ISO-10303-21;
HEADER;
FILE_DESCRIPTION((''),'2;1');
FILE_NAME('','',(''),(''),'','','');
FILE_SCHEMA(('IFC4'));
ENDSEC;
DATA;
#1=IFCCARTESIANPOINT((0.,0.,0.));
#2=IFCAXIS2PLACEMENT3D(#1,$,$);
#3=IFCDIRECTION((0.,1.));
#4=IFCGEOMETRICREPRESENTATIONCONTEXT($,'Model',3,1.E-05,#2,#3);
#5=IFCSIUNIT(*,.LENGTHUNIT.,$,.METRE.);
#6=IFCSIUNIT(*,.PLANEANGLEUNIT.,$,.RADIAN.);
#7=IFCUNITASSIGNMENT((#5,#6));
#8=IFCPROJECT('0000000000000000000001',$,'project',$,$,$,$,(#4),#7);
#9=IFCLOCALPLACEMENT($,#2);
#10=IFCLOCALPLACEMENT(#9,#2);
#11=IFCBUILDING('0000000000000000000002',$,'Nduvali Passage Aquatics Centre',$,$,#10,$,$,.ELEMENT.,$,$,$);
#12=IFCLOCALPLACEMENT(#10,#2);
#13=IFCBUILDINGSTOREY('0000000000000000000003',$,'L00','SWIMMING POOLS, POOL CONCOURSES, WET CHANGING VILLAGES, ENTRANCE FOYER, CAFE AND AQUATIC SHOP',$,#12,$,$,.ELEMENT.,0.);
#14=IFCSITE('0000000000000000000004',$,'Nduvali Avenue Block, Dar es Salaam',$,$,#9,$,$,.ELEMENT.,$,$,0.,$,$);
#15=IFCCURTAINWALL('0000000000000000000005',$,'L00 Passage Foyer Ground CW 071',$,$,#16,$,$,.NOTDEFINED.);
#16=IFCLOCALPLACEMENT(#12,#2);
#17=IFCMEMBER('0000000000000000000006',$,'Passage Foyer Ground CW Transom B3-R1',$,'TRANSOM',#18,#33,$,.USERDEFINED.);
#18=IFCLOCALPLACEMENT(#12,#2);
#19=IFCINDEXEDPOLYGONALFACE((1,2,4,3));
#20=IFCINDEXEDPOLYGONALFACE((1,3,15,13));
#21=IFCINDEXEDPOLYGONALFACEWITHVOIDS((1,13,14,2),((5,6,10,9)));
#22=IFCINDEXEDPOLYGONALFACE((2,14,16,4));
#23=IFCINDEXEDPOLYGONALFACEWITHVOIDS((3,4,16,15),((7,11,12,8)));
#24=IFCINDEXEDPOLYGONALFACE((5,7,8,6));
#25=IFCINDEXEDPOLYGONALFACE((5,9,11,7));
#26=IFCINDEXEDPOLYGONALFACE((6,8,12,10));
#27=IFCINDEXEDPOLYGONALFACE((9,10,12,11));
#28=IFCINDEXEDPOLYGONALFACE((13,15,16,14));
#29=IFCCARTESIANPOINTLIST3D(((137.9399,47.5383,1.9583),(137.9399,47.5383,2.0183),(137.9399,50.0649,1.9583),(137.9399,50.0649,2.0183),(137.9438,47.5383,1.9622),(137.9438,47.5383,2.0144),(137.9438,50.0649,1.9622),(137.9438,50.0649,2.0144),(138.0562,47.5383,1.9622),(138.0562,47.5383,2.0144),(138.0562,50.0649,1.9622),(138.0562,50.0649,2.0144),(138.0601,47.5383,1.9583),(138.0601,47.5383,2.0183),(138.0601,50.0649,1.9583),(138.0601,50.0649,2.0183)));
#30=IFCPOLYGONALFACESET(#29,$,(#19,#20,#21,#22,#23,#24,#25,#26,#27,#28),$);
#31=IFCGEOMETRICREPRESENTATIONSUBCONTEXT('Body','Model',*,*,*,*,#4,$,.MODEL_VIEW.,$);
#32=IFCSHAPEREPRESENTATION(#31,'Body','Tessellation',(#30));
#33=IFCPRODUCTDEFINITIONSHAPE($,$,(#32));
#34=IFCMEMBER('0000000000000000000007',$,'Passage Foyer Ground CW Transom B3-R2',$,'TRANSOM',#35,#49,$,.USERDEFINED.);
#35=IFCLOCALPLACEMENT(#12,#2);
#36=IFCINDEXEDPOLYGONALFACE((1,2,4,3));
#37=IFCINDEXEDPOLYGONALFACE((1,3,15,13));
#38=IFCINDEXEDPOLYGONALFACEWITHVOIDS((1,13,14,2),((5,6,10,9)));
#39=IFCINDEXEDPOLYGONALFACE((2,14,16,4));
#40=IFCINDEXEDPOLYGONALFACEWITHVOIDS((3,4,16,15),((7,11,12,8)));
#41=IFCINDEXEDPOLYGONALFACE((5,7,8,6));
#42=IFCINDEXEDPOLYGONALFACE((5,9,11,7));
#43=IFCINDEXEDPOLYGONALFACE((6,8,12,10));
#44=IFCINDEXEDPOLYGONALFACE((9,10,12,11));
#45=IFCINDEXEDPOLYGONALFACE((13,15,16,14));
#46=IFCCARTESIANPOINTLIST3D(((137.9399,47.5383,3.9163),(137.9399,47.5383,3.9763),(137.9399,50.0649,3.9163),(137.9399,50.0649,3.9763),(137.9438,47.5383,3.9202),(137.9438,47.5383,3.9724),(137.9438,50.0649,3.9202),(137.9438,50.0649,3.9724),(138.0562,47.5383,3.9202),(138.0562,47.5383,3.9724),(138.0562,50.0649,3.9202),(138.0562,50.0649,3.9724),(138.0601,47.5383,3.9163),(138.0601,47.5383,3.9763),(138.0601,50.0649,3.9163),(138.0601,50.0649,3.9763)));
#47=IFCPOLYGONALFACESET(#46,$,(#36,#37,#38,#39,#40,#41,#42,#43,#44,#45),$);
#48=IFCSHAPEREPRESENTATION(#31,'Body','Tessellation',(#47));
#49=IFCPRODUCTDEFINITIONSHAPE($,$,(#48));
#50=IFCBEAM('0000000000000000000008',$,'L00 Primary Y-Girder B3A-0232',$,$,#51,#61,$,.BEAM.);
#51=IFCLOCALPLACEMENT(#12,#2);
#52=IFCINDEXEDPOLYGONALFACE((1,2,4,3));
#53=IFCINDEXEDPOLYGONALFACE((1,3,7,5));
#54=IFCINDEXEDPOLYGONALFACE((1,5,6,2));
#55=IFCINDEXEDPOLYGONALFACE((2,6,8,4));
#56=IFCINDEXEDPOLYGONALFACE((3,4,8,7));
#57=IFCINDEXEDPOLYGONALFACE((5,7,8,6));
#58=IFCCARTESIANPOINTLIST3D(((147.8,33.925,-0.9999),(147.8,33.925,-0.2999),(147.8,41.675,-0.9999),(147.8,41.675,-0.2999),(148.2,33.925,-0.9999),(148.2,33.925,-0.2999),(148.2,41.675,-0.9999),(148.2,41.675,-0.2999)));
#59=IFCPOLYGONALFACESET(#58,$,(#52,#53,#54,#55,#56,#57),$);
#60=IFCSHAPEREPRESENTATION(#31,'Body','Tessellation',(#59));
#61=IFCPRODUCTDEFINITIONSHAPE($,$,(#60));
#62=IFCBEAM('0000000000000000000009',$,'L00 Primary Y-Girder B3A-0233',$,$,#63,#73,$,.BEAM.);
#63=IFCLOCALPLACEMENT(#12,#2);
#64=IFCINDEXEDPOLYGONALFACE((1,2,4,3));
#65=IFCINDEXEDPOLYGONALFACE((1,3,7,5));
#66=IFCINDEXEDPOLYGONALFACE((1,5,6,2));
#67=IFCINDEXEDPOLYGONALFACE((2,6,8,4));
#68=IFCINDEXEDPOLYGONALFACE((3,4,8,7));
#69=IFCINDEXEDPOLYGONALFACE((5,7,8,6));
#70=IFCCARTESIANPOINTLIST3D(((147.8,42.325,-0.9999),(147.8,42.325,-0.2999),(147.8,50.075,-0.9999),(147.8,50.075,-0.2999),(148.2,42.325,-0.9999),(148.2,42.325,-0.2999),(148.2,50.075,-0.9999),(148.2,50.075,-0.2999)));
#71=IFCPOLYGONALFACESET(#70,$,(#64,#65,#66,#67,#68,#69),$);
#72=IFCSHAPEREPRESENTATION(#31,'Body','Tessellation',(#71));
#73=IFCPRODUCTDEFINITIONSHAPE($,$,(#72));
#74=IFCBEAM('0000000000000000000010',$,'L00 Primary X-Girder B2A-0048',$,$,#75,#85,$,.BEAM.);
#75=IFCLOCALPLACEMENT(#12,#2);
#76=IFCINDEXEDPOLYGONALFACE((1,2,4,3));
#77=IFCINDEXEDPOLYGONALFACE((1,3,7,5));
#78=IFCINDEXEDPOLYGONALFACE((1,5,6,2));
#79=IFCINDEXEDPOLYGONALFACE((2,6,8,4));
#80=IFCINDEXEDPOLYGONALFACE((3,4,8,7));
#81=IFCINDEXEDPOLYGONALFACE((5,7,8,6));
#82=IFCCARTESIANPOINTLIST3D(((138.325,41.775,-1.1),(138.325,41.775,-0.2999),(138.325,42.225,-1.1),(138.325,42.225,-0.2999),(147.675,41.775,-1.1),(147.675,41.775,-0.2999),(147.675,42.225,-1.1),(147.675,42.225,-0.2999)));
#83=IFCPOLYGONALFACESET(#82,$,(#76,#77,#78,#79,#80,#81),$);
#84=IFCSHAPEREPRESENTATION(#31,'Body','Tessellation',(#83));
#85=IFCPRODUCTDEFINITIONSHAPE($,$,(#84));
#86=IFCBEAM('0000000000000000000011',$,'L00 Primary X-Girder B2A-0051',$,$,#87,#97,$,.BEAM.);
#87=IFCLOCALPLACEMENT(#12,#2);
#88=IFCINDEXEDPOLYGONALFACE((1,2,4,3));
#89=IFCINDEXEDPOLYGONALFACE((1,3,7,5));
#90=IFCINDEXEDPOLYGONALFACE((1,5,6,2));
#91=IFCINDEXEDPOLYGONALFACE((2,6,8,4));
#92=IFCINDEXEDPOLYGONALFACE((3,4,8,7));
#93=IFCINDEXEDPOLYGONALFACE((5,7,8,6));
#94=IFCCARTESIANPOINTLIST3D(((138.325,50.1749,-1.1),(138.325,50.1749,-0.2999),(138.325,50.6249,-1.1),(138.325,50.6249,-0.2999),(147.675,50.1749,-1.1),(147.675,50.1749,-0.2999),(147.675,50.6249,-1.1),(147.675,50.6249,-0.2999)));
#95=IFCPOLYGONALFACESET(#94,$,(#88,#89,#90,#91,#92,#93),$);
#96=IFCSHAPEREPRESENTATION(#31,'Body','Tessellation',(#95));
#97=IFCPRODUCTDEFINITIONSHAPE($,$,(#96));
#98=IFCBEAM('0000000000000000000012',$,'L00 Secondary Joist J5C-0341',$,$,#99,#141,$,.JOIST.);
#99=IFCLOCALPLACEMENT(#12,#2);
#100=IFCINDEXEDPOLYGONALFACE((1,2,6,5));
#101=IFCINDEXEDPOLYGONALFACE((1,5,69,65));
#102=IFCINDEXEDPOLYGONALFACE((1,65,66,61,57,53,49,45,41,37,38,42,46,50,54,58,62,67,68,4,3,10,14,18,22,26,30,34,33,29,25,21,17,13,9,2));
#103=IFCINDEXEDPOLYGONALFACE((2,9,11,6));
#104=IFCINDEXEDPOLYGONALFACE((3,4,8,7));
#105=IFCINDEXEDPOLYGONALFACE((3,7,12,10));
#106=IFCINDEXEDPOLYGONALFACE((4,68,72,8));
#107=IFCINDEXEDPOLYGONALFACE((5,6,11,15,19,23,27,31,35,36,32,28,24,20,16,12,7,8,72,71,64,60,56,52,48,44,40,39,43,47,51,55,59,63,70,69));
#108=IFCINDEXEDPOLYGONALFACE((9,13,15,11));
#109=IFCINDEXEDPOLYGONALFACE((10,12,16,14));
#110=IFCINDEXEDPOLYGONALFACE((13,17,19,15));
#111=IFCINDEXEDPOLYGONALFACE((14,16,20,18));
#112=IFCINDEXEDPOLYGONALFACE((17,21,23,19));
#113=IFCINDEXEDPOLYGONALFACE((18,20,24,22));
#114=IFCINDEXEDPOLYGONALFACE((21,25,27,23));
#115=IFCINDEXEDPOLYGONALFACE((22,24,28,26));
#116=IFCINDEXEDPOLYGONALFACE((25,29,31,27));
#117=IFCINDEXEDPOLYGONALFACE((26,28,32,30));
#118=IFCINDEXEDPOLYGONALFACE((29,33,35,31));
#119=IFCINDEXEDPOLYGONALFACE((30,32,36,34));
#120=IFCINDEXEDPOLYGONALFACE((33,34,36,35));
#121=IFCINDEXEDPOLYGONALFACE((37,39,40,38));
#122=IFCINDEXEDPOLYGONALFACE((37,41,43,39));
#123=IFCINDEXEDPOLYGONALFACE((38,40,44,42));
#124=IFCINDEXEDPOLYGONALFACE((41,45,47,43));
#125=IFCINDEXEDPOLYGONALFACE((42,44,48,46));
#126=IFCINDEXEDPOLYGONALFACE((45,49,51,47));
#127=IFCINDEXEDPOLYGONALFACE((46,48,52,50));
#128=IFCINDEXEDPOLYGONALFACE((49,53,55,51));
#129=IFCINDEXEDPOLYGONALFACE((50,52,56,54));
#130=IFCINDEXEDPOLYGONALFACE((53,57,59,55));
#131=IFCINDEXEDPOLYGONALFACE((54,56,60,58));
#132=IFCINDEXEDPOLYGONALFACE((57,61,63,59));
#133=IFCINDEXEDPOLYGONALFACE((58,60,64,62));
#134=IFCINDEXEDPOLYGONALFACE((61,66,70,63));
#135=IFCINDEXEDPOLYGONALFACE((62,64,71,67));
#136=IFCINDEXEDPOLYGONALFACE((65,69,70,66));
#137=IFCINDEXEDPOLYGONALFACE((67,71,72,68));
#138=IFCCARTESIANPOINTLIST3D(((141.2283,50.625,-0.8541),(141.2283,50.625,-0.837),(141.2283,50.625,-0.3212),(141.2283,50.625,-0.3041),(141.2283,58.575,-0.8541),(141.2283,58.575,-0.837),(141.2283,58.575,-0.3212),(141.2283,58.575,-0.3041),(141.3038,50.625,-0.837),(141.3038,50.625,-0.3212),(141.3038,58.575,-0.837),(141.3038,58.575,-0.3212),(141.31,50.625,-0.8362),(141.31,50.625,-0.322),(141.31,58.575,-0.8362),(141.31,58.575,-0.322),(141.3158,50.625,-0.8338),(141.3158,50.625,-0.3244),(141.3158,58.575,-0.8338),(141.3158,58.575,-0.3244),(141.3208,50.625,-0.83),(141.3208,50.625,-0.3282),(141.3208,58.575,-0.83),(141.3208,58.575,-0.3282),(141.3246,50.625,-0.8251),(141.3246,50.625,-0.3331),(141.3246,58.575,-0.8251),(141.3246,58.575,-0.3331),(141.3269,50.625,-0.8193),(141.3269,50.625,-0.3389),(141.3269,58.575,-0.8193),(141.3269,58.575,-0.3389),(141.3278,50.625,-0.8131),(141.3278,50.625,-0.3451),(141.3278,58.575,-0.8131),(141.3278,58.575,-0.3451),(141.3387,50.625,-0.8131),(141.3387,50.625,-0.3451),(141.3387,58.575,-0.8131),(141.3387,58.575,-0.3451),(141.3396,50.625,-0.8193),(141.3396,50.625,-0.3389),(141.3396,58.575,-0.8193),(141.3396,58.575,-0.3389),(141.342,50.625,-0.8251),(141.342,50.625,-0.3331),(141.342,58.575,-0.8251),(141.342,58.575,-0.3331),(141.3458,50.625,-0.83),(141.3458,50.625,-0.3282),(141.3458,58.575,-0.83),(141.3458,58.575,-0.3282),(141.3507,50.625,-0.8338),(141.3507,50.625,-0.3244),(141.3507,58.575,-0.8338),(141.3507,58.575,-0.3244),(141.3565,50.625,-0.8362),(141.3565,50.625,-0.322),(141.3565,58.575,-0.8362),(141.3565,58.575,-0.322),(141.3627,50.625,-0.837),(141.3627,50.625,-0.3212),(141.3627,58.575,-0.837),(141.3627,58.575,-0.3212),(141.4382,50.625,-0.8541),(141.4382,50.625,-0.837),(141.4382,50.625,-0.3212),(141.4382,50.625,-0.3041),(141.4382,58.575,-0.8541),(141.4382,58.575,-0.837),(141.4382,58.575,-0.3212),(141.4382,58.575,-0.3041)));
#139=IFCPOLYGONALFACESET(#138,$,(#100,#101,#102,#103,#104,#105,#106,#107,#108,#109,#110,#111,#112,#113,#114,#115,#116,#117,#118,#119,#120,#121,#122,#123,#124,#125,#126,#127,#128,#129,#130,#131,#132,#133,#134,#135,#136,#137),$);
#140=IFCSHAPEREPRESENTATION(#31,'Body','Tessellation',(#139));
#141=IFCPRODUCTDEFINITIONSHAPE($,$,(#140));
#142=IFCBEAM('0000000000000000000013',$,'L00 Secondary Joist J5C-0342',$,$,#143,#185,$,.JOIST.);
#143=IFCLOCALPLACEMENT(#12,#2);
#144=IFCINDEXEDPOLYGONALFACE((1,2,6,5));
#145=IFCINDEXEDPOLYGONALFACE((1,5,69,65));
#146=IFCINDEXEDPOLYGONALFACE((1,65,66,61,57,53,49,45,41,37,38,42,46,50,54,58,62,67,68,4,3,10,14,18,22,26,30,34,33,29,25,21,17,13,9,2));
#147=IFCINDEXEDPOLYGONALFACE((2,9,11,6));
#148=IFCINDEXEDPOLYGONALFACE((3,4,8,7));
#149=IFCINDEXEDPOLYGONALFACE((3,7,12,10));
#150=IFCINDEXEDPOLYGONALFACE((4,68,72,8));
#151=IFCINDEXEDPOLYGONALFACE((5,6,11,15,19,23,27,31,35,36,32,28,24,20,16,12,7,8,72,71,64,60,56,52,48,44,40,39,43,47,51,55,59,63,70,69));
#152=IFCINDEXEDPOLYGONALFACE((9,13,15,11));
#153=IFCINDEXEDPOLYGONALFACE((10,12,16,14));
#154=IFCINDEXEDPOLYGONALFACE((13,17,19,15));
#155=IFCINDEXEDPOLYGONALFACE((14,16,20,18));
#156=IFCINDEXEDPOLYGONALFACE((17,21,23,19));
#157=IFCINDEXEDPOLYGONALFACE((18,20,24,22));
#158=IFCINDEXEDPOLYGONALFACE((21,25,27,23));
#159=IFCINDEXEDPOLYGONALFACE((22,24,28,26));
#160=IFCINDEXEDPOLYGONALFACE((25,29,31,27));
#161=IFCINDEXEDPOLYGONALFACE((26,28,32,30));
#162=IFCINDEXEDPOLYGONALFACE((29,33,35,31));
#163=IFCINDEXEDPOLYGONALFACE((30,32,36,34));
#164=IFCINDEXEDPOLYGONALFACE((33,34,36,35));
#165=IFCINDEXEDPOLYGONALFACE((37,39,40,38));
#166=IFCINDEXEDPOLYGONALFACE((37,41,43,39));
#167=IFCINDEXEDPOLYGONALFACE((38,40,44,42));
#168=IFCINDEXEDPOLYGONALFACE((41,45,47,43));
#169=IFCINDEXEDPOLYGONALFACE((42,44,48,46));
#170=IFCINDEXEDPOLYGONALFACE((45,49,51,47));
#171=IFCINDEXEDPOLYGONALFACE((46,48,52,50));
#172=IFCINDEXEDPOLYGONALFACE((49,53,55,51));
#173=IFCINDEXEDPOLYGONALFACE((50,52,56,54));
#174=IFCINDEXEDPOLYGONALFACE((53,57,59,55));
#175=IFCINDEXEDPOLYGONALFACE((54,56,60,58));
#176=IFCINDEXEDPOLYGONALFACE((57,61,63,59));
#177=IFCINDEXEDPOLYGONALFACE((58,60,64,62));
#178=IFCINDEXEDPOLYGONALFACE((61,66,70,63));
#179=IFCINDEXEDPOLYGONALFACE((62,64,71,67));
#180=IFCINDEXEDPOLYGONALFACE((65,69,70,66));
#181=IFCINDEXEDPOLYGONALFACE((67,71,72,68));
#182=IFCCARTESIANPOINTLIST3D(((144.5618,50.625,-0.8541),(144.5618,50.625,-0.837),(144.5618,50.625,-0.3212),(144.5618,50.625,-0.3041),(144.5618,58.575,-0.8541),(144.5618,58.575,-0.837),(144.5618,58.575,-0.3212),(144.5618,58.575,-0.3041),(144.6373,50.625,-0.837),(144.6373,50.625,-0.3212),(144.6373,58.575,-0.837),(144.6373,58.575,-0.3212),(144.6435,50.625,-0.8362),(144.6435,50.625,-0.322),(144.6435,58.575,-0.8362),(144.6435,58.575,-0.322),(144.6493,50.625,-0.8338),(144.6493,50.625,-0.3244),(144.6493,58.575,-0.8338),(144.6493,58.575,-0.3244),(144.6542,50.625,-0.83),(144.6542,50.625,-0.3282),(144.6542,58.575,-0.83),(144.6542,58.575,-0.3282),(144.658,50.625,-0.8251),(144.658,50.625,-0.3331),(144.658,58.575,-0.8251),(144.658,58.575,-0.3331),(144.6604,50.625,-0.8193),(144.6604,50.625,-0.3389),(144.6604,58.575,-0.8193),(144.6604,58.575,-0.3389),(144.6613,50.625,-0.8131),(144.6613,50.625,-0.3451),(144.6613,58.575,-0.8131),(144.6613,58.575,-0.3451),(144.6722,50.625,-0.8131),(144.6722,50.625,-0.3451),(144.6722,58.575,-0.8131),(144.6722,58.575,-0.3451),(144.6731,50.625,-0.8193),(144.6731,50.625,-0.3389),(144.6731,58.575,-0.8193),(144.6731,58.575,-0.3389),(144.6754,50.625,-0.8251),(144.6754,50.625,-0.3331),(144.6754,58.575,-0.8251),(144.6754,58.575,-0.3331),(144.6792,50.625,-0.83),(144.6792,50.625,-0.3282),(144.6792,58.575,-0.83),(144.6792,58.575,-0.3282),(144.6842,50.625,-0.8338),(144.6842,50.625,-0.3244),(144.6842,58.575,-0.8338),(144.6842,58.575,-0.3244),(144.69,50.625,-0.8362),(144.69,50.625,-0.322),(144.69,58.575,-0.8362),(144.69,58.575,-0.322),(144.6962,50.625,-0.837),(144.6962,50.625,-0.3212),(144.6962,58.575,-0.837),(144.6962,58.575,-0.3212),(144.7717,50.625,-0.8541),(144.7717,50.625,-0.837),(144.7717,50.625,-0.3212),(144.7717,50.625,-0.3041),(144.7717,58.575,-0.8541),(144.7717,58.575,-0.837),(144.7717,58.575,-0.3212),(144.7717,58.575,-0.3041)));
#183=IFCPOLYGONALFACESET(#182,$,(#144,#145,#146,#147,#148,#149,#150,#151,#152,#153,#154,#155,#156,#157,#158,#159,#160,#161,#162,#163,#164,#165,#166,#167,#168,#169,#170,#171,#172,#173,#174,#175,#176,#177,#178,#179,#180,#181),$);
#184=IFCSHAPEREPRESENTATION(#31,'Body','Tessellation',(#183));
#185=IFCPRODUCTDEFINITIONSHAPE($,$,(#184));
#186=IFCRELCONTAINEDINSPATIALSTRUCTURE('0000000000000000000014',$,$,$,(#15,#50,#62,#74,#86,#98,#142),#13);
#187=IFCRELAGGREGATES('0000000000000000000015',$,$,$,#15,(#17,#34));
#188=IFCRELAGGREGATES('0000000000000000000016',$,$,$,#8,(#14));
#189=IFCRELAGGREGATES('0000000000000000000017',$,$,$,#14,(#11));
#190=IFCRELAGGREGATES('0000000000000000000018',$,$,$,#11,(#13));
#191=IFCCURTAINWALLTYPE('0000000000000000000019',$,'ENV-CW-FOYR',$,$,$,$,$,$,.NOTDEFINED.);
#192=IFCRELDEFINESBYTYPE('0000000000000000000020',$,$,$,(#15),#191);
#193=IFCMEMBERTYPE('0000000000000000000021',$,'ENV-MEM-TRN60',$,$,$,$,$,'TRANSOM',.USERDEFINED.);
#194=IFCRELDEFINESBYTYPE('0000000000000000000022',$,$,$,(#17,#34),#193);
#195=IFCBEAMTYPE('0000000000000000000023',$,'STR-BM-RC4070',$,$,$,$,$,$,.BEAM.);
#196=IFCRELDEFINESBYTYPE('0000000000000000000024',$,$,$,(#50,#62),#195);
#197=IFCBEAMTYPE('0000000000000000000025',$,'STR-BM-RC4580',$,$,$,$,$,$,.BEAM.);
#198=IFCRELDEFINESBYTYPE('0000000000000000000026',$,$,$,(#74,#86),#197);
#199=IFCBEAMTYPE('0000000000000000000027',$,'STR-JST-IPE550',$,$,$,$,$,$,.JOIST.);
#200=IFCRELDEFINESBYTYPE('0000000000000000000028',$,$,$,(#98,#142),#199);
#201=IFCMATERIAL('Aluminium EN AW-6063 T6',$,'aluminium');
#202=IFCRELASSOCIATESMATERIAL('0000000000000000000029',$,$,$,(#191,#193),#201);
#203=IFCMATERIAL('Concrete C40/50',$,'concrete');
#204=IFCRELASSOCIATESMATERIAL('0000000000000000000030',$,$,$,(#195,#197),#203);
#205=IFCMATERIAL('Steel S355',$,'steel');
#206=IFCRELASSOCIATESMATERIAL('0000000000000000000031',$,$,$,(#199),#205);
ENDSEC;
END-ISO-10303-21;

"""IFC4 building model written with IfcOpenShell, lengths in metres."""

from ifc_helpers import new_model, si_unit, direction, frame, origin, origin_2d, place, context, subcontext, project, spatial, rectangle, hollow_rectangle, i_section, extrude, material, material_profile, profile_set, type_object, element, aggregate, save


model = new_model("IFC4")

# Units and contexts
model_context = context("Model", 3, precision=1e-05, world=origin(), true_north=direction((0.0, 1.0)))
body_context = subcontext(model_context, "Body", "Model", "MODEL_VIEW")
ifc_project = project(units=[si_unit("LENGTHUNIT", "METRE"), si_unit("PLANEANGLEUNIT", "RADIAN")], contexts=[model_context])

# Site, building, storey
site_placement = place(None, origin())
site = spatial("IfcSite", under=ifc_project, at=site_placement, Name="Nduvali Avenue Block, Dar es Salaam", CompositionType="ELEMENT", RefElevation=0.0)
building_placement = place(site_placement, origin())
building = spatial("IfcBuilding", under=site, at=building_placement, Name="Nduvali Passage Aquatics Centre", CompositionType="ELEMENT")
storey_placement = place(building_placement, origin())
storey = spatial("IfcBuildingStorey", under=building, at=storey_placement, Name="L00", Description="SWIMMING POOLS, POOL CONCOURSES, WET CHANGING VILLAGES, ENTRANCE FOYER, CAFE AND AQUATIC SHOP", CompositionType="ELEMENT", Elevation=0.0)

# Shared definitions
ifc_material_1 = material(Name="Concrete C40/50", Category="concrete")

# Curtain wall, members
ifc_material_2 = material(Name="Aluminium EN AW-6063 T6", Category="aluminium")
curtain_wall_type = type_object("IfcCurtainWallType", Name="ENV-CW-FOYR", PredefinedType="NOTDEFINED", material=ifc_material_2)
curtain_wall_placement = place(storey_placement, origin())
curtain_wall = element("IfcCurtainWall", 1, at=curtain_wall_placement, inside=storey, type_object=curtain_wall_type, Name="L00 Passage Foyer Ground CW 071", PredefinedType="NOTDEFINED")
ifc_material_profile_1 = material_profile(ifc_material_2, hollow_rectangle(XDim=0.1201, YDim=0.0601, WallThickness=0.0039, at=origin_2d()), Name="ALU TRANSOM 120x60x4")
ifc_profile_set_1 = profile_set([ifc_material_profile_1], Name="Aluminium EN AW-6063 T6")
member_type_1 = type_object("IfcMemberType", Name="ENV-MEM-TRN60", ElementType="TRANSOM", PredefinedType="USERDEFINED", material=ifc_profile_set_1)
member_1_placement = place(storey_placement, frame((138.0, 47.5383, 1.9883), z_axis=(0.0, 1.0, 0.0), x_axis=(-1.0, 0.0, 0.0)))
member_1 = element("IfcMember", 2, at=member_1_placement, type_object=member_type_1, Name="Passage Foyer Ground CW Transom B3-R1", ObjectType="TRANSOM", PredefinedType="USERDEFINED", context=body_context, shape_type="SweptSolid", body=[
    extrude(hollow_rectangle(XDim=0.1201, YDim=0.0601, WallThickness=0.0039, at=origin_2d()), origin(), (0.0, 0.0, 1.0), 2.5266),
])
member_2_placement = place(storey_placement, frame((138.0, 47.5383, 3.9463), z_axis=(0.0, 1.0, 0.0), x_axis=(-1.0, 0.0, 0.0)))
member_2 = element("IfcMember", 3, at=member_2_placement, type_object=member_type_1, Name="Passage Foyer Ground CW Transom B3-R2", ObjectType="TRANSOM", PredefinedType="USERDEFINED", context=body_context, shape_type="SweptSolid", body=[
    extrude(hollow_rectangle(XDim=0.1201, YDim=0.0601, WallThickness=0.0039, at=origin_2d()), origin(), (0.0, 0.0, 1.0), 2.5266),
])

# Beams
ifc_material_profile_2 = material_profile(ifc_material_1, rectangle(XDim=0.3999, YDim=0.7, at=origin_2d()), Name="RC 400x700")
ifc_profile_set_2 = profile_set([ifc_material_profile_2], Name="Concrete C40/50")
beam_type_1 = type_object("IfcBeamType", Name="STR-BM-RC4070", PredefinedType="BEAM", material=ifc_profile_set_2)
for number, where, z_axis, x_axis, name in (
    (4, (148.0, 33.925, -0.6499), (0.0, 1.0, 0.0), (-1.0, 0.0, 0.0), "L00 Primary Y-Girder B3A-0232"),
    (5, (148.0, 42.325, -0.6499), (0.0, 1.0, 0.0), (-1.0, 0.0, 0.0), "L00 Primary Y-Girder B3A-0233"),
):
    element("IfcBeam", number, at=place(storey_placement, frame(where, z_axis=z_axis, x_axis=x_axis)), inside=storey, type_object=beam_type_1, Name=name, PredefinedType="BEAM", context=body_context, shape_type="SweptSolid", body=[
        extrude(rectangle(XDim=0.3999, YDim=0.7, at=origin_2d()), origin(), (0.0, 0.0, 1.0), 7.75),
    ])
ifc_material_profile_3 = material_profile(ifc_material_1, rectangle(XDim=0.45, YDim=0.8, at=origin_2d()), Name="RC 450x800")
ifc_profile_set_3 = profile_set([ifc_material_profile_3], Name="Concrete C40/50")
beam_type_2 = type_object("IfcBeamType", Name="STR-BM-RC4580", PredefinedType="BEAM", material=ifc_profile_set_3)
for number, where, z_axis, x_axis, name in (
    (6, (138.325, 42.0, -0.7), (1.0, 0.0, 0.0), (0.0, 1.0, 0.0), "L00 Primary X-Girder B2A-0048"),
    (7, (138.325, 50.3999, -0.7), (1.0, 0.0, 0.0), (0.0, 1.0, 0.0), "L00 Primary X-Girder B2A-0051"),
):
    element("IfcBeam", number, at=place(storey_placement, frame(where, z_axis=z_axis, x_axis=x_axis)), inside=storey, type_object=beam_type_2, Name=name, PredefinedType="BEAM", context=body_context, shape_type="SweptSolid", body=[
        extrude(rectangle(XDim=0.45, YDim=0.8, at=origin_2d()), origin(), (0.0, 0.0, 1.0), 9.3501),
    ])
ifc_material_3 = material(Name="Steel S355", Category="steel")
ifc_material_profile_4 = material_profile(ifc_material_3, i_section(OverallWidth=0.21, OverallDepth=0.55, WebThickness=0.011, FlangeThickness=0.0171, FilletRadius=0.0239, at=origin_2d()), Name="IPE 550")
ifc_profile_set_4 = profile_set([ifc_material_profile_4], Name="Steel S355")
beam_type_3 = type_object("IfcBeamType", Name="STR-JST-IPE550", PredefinedType="JOIST", material=ifc_profile_set_4)
for number, where, z_axis, x_axis, name in (
    (8, (141.3333, 50.625, -0.5791), (0.0, 1.0, 0.0), (-1.0, 0.0, 0.0), "L00 Secondary Joist J5C-0341"),
    (9, (144.6667, 50.625, -0.5791), (0.0, 1.0, 0.0), (-1.0, 0.0, 0.0), "L00 Secondary Joist J5C-0342"),
):
    element("IfcBeam", number, at=place(storey_placement, frame(where, z_axis=z_axis, x_axis=x_axis)), inside=storey, type_object=beam_type_3, Name=name, PredefinedType="JOIST", context=body_context, shape_type="SweptSolid", body=[
        extrude(i_section(OverallWidth=0.21, OverallDepth=0.55, WebThickness=0.011, FlangeThickness=0.0171, FilletRadius=0.0239, at=origin_2d()), origin(), (0.0, 0.0, 1.0), 7.95),
    ])

aggregate(curtain_wall, [member_1, member_2])

save(model, "model.ifc")
